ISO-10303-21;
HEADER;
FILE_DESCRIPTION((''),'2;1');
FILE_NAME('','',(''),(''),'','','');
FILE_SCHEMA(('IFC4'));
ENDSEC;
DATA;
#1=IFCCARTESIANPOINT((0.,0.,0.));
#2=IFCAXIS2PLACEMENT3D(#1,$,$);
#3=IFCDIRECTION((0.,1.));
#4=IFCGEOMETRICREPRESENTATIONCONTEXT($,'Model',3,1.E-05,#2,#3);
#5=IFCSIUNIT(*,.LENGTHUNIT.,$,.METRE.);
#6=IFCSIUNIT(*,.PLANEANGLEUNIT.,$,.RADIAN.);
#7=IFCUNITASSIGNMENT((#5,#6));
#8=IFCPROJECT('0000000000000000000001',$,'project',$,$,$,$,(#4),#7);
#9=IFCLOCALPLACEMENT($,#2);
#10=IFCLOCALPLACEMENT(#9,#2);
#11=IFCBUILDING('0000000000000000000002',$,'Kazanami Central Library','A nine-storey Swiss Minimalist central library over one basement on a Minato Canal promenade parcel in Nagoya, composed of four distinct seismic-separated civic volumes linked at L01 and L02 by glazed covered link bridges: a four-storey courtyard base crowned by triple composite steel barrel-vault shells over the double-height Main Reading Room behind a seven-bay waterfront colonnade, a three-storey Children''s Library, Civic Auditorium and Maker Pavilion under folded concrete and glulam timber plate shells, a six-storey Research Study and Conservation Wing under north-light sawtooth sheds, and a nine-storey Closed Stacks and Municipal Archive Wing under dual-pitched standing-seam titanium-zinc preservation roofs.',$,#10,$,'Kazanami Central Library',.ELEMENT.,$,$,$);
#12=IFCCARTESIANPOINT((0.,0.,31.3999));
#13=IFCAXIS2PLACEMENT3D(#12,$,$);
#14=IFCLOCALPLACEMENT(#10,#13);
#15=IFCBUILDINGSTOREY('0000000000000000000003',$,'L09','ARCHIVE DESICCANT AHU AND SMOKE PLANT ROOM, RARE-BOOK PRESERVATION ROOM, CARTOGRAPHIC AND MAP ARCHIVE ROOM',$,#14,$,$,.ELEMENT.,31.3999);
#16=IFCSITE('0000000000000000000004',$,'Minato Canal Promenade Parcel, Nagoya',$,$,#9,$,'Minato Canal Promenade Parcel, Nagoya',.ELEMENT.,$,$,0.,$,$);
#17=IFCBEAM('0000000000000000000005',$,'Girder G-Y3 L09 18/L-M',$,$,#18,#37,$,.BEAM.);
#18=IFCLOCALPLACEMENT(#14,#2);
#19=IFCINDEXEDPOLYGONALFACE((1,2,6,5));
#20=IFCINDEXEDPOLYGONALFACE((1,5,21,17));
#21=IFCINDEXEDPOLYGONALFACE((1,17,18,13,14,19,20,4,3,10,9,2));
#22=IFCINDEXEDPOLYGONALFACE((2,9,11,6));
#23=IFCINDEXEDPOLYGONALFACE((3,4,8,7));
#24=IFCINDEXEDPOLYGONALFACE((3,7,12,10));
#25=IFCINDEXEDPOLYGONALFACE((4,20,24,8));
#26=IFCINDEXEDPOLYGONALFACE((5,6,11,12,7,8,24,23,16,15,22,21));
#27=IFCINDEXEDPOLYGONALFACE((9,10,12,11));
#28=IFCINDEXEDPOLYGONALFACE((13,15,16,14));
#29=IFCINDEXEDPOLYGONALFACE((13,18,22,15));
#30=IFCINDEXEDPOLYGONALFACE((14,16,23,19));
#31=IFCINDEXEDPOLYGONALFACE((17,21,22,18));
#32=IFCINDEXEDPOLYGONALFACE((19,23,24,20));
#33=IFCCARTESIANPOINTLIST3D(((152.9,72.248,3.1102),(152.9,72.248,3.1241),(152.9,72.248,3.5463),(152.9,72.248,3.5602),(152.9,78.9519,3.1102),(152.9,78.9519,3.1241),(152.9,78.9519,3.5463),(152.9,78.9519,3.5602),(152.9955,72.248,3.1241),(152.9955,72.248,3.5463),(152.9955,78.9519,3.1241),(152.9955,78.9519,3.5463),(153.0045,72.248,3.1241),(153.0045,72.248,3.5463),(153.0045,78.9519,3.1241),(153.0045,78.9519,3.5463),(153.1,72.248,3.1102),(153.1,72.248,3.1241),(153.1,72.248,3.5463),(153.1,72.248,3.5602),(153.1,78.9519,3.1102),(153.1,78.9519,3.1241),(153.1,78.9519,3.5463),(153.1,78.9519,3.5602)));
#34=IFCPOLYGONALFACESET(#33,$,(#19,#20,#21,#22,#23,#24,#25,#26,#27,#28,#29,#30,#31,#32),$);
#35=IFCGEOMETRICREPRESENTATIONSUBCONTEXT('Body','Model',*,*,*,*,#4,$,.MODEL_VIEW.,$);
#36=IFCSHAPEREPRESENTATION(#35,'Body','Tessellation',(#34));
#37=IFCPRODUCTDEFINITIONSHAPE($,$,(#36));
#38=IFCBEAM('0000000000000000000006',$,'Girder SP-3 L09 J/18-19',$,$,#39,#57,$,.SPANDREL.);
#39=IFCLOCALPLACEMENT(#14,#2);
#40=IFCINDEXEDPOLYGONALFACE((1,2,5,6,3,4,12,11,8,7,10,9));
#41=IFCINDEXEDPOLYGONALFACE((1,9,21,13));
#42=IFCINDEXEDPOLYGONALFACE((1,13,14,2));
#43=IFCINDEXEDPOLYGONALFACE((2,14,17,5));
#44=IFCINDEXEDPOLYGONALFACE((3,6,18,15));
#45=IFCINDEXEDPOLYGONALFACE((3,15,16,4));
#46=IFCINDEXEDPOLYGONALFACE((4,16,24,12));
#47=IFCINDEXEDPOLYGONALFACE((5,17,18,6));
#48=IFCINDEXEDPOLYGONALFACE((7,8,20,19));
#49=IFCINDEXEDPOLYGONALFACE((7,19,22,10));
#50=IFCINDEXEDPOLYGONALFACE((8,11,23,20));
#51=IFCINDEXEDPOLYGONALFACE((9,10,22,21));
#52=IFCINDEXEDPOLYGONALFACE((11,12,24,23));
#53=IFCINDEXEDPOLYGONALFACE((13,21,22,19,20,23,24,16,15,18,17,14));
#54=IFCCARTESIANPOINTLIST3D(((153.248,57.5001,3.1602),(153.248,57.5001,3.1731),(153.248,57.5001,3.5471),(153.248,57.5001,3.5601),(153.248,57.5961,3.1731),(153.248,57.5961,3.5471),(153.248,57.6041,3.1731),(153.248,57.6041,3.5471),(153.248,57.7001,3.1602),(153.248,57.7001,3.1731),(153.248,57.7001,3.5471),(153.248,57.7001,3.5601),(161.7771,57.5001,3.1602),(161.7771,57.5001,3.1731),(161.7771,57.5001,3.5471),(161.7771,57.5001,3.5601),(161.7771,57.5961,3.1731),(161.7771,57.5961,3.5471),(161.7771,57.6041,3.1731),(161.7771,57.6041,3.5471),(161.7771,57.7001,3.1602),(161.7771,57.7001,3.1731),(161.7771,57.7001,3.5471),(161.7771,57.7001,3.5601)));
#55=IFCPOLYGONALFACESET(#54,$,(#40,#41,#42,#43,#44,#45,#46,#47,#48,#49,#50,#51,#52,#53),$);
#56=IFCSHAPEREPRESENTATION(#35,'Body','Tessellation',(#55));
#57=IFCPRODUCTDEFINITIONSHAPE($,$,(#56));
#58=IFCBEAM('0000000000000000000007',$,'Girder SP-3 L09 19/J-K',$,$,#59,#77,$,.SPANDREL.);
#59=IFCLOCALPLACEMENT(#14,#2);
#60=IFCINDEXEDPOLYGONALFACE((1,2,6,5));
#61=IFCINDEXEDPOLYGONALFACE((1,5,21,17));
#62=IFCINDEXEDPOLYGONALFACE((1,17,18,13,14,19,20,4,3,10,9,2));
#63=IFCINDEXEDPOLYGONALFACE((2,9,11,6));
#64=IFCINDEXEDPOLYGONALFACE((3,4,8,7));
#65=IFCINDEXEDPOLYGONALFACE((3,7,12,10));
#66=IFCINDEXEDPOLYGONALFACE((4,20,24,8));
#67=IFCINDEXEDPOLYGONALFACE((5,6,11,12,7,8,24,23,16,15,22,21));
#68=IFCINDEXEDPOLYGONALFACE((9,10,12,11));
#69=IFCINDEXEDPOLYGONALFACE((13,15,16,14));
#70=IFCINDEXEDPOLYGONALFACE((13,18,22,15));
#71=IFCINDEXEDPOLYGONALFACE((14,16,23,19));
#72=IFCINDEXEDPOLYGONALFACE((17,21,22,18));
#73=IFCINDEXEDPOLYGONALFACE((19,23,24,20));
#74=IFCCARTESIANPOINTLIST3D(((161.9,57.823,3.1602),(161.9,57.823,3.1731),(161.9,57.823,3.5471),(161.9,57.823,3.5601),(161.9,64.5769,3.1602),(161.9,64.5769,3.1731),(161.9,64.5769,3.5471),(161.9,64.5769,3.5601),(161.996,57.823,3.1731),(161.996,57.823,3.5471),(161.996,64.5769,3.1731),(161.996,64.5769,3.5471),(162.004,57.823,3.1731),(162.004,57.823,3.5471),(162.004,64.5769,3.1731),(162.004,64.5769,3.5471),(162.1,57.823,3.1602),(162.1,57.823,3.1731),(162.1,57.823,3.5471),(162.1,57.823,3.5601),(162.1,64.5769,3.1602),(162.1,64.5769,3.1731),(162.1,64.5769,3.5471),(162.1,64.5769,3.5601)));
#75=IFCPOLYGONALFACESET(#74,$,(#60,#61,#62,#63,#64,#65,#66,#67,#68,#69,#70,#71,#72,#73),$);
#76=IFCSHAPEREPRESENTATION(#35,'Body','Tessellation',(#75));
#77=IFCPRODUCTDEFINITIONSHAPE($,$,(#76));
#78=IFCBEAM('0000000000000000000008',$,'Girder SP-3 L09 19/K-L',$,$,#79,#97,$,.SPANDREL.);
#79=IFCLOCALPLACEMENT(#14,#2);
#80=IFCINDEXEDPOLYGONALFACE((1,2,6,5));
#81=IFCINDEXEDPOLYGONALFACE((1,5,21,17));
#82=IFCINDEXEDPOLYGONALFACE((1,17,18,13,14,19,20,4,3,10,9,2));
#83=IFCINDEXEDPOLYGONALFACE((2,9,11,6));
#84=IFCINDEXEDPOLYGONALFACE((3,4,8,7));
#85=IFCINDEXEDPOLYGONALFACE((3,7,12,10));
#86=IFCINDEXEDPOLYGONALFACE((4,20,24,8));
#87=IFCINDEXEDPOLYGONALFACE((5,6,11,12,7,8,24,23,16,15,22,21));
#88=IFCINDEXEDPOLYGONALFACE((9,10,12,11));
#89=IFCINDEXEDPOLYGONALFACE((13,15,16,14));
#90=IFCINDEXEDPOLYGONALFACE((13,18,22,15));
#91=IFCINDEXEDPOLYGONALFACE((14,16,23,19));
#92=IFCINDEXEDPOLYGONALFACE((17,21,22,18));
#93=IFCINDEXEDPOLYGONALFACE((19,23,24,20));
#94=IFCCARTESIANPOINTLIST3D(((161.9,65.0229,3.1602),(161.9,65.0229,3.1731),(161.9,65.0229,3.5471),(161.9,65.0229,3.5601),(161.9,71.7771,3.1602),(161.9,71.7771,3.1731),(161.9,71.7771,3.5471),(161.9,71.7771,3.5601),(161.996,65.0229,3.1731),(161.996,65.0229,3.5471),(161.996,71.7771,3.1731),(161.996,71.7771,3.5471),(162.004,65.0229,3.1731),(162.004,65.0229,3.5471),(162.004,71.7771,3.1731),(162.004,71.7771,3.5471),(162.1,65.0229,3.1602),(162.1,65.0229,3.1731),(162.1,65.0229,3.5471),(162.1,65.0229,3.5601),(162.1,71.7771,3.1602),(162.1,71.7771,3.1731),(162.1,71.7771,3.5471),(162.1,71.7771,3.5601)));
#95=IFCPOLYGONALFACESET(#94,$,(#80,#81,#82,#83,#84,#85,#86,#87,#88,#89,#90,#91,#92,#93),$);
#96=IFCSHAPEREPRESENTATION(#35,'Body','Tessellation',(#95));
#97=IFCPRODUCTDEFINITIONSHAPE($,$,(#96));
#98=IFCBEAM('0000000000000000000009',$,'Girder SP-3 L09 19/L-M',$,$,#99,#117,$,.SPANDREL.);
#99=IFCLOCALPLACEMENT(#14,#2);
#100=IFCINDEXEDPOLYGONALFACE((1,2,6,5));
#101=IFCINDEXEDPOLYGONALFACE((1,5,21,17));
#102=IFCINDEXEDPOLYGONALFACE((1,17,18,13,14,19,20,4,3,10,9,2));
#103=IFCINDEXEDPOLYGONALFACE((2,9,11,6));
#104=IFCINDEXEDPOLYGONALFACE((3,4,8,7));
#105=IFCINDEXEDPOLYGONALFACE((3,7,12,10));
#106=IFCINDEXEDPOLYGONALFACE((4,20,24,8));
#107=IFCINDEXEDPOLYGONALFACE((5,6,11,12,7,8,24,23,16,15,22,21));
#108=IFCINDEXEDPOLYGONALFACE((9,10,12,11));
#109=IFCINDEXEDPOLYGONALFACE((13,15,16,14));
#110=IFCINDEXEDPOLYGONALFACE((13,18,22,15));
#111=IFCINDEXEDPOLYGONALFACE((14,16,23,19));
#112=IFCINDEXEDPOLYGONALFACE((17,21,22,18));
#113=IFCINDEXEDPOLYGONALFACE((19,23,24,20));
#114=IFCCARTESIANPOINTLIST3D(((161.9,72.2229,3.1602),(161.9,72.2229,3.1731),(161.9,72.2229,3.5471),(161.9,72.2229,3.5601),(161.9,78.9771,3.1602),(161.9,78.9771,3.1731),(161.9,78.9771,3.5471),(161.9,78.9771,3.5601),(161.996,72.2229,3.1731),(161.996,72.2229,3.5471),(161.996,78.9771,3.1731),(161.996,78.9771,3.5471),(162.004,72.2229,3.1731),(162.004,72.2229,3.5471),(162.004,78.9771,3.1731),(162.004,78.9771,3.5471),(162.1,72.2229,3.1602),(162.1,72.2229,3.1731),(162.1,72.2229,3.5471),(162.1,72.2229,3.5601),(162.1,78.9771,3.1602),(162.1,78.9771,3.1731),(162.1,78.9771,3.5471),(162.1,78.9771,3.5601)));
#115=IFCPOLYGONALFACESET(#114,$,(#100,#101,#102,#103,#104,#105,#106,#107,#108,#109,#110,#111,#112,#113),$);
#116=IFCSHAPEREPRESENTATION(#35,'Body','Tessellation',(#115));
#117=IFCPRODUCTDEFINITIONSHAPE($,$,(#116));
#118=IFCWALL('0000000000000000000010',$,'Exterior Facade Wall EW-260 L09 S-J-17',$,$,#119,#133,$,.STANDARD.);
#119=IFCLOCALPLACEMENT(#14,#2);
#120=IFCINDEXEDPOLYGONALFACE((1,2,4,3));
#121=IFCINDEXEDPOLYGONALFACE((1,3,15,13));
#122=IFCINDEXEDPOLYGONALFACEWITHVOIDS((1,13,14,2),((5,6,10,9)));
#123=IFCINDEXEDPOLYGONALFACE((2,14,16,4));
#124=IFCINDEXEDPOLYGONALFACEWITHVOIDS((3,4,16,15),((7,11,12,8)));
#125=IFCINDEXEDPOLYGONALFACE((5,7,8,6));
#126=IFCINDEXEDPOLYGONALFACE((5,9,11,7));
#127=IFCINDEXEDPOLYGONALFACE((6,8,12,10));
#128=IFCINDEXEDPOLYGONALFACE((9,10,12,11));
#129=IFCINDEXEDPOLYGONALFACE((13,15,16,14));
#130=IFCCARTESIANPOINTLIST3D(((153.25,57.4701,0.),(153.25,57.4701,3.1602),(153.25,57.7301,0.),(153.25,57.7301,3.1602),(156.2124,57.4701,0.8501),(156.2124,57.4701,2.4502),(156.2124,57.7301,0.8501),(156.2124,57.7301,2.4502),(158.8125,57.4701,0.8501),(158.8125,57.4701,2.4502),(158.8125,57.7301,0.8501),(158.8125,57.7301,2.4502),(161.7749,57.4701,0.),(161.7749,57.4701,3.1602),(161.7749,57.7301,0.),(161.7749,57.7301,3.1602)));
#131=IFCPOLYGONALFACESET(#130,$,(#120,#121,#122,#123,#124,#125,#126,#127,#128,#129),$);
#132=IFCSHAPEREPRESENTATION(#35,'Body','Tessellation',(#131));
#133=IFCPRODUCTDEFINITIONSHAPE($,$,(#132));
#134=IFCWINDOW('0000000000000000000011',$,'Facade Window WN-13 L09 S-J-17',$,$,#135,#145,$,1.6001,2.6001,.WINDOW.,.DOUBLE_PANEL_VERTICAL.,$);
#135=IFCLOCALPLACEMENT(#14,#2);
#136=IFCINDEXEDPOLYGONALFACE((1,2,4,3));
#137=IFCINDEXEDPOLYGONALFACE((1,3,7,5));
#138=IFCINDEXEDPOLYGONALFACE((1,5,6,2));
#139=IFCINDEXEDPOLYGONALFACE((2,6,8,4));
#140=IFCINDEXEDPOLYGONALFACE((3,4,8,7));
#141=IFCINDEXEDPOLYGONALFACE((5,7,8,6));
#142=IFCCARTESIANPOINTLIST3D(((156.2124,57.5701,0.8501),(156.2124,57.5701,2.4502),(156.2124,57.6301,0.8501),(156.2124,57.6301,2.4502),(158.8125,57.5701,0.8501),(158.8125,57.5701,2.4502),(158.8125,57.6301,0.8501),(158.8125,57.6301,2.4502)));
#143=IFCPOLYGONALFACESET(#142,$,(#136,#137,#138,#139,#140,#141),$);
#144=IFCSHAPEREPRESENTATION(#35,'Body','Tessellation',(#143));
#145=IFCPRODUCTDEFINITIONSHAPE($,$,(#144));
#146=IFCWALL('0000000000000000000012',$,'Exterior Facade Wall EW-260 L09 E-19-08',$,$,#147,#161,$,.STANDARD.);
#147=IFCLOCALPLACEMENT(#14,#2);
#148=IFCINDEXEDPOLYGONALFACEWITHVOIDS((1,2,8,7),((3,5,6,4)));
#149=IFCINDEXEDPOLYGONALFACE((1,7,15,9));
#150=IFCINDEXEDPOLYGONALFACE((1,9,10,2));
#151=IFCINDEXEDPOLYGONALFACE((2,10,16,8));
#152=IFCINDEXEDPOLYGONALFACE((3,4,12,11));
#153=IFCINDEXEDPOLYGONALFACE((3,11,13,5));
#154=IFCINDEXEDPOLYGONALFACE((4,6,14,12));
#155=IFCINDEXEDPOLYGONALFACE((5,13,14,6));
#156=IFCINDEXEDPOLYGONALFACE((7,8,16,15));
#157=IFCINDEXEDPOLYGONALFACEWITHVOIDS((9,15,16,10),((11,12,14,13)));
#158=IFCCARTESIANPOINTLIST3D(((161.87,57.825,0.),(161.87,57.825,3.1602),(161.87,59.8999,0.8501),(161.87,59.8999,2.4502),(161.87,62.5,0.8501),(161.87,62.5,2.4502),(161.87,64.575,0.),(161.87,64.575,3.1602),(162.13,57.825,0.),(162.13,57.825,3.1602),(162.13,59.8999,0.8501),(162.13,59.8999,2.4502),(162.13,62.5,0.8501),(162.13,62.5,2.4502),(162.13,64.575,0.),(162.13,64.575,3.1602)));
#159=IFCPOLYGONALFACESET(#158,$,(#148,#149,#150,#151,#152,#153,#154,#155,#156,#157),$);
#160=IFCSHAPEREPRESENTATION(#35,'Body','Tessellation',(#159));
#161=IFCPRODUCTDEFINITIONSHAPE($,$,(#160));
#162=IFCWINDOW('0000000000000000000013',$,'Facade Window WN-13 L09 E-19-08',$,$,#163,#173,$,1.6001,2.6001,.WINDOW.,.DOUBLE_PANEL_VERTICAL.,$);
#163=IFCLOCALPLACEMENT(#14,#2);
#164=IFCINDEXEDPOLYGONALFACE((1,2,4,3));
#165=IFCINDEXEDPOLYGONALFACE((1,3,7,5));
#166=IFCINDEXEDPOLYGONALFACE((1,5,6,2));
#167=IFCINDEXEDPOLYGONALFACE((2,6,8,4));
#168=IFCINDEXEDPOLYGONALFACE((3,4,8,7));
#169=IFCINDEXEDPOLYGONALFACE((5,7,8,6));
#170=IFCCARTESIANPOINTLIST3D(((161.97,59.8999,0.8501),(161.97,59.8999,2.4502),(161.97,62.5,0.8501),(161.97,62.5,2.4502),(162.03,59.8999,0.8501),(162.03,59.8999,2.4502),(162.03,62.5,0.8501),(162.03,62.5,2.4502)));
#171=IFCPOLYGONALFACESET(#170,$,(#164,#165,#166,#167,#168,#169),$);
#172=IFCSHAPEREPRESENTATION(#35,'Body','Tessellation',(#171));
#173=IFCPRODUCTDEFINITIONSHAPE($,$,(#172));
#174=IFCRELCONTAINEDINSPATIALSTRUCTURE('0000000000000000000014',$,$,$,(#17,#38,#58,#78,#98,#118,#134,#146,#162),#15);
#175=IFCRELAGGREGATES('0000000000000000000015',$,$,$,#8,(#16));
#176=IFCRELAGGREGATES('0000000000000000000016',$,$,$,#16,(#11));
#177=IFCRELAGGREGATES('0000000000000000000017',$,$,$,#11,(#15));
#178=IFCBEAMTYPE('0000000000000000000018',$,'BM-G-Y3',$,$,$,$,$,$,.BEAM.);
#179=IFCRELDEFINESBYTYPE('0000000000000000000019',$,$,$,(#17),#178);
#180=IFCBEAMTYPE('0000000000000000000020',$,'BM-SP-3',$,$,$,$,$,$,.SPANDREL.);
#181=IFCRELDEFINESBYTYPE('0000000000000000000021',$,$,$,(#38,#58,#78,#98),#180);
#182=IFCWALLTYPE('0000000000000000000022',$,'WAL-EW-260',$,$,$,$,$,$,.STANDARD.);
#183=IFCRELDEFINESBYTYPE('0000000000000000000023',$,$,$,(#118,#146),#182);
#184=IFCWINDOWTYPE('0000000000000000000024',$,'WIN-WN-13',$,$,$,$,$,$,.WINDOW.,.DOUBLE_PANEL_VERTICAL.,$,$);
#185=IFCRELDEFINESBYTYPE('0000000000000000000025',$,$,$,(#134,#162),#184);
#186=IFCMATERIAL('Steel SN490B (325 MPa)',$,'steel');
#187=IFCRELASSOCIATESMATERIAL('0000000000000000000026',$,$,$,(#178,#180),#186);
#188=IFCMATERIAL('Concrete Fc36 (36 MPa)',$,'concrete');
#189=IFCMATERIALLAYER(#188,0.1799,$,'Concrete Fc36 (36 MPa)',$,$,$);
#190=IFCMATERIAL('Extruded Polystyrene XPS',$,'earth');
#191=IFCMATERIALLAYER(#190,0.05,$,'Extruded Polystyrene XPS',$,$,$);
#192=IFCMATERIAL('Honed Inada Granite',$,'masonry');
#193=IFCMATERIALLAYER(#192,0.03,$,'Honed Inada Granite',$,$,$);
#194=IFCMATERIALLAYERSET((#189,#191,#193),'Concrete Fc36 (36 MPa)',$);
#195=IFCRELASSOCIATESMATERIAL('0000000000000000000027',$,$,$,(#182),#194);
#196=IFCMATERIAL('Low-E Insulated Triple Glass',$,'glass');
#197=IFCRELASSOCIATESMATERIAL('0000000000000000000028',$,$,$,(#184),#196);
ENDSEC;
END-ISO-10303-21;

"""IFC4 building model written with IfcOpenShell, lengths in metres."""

from ifc_helpers import new_model, si_unit, direction, frame, frame_2d, origin, origin_2d, place, context, subcontext, project, spatial, rectangle, i_section, extrude, material, layer, layer_set, material_profile, profile_set, type_object, element, fill, save


model = new_model("IFC4")

# Units and contexts
model_context = context("Model", 3, precision=1e-05, world=origin(), true_north=direction((0.0, 1.0)))
body_context = subcontext(model_context, "Body", "Model", "MODEL_VIEW")
ifc_project = project(units=[si_unit("LENGTHUNIT", "METRE"), si_unit("PLANEANGLEUNIT", "RADIAN")], contexts=[model_context])

# Site, building, storey
site_placement = place(None, origin())
site = spatial("IfcSite", under=ifc_project, at=site_placement, Name="Minato Canal Promenade Parcel, Nagoya", LongName="Minato Canal Promenade Parcel, Nagoya", CompositionType="ELEMENT", RefElevation=0.0)
building_placement = place(site_placement, origin())
building = spatial("IfcBuilding", under=site, at=building_placement, Name="Kazanami Central Library", Description="A nine-storey Swiss Minimalist central library over one basement on a Minato Canal promenade parcel in Nagoya, composed of four distinct seismic-separated civic volumes linked at L01 and L02 by glazed covered link bridges: a four-storey courtyard base crowned by triple composite steel barrel-vault shells over the double-height Main Reading Room behind a seven-bay waterfront colonnade, a three-storey Children's Library, Civic Auditorium and Maker Pavilion under folded concrete and glulam timber plate shells, a six-storey Research Study and Conservation Wing under north-light sawtooth sheds, and a nine-storey Closed Stacks and Municipal Archive Wing under dual-pitched standing-seam titanium-zinc preservation roofs.", LongName="Kazanami Central Library", CompositionType="ELEMENT")
storey_placement = place(building_placement, frame((0.0, 0.0, 31.3999)))
storey = spatial("IfcBuildingStorey", under=building, at=storey_placement, Name="L09", Description="ARCHIVE DESICCANT AHU AND SMOKE PLANT ROOM, RARE-BOOK PRESERVATION ROOM, CARTOGRAPHIC AND MAP ARCHIVE ROOM", CompositionType="ELEMENT", Elevation=31.3999)

# Beams
ifc_material_1 = material(Name="Steel SN490B (325 MPa)", Category="steel")
ifc_material_profile_1 = material_profile(ifc_material_1, i_section(OverallWidth=0.2, OverallDepth=0.45, WebThickness=0.009, FlangeThickness=0.0139, at=origin_2d()), Name="H-450x200x9x14")
ifc_profile_set_1 = profile_set([ifc_material_profile_1], Name="Steel SN490B (325 MPa)")
beam_type_1 = type_object("IfcBeamType", Name="BM-G-Y3", PredefinedType="BEAM", material=ifc_profile_set_1)
for number, where, z_axis, x_axis, name in (
    (1, (153.0, 72.248, 3.3352), (0.0, 1.0, 0.0), (-1.0, 0.0, 0.0), "Girder G-Y3 L09 18/L-M"),
):
    element("IfcBeam", number, at=place(storey_placement, frame(where, z_axis=z_axis, x_axis=x_axis)), inside=storey, type_object=beam_type_1, Name=name, PredefinedType="BEAM", context=body_context, shape_type="SweptSolid", body=[
        extrude(i_section(OverallWidth=0.2, OverallDepth=0.45, WebThickness=0.009, FlangeThickness=0.0139, at=origin_2d()), origin(), (0.0, 0.0, 1.0), 6.7039),
    ])
ifc_material_profile_2 = material_profile(ifc_material_1, i_section(OverallWidth=0.2, OverallDepth=0.3999, WebThickness=0.0081, FlangeThickness=0.0129, at=origin_2d()), Name="H-400x200x8x13")
ifc_profile_set_2 = profile_set([ifc_material_profile_2], Name="Steel SN490B (325 MPa)")
beam_type_2 = type_object("IfcBeamType", Name="BM-SP-3", PredefinedType="SPANDREL", material=ifc_profile_set_2)
beam_1_placement = place(storey_placement, frame((153.248, 57.6001, 3.3601), z_axis=(1.0, 0.0, 0.0), x_axis=(0.0, 1.0, 0.0)))
element("IfcBeam", 2, at=beam_1_placement, inside=storey, type_object=beam_type_2, Name="Girder SP-3 L09 J/18-19", PredefinedType="SPANDREL", context=body_context, shape_type="SweptSolid", body=[
    extrude(i_section(OverallWidth=0.2, OverallDepth=0.3999, WebThickness=0.0081, FlangeThickness=0.0129, at=origin_2d()), origin(), (0.0, 0.0, 1.0), 8.5291),
])
beam_2_placement = place(storey_placement, frame((162.0, 57.823, 3.3601), z_axis=(0.0, 1.0, 0.0), x_axis=(-1.0, 0.0, 0.0)))
element("IfcBeam", 3, at=beam_2_placement, inside=storey, type_object=beam_type_2, Name="Girder SP-3 L09 19/J-K", PredefinedType="SPANDREL", context=body_context, shape_type="SweptSolid", body=[
    extrude(i_section(OverallWidth=0.2, OverallDepth=0.3999, WebThickness=0.0081, FlangeThickness=0.0129, at=origin_2d()), origin(), (0.0, 0.0, 1.0), 6.7539),
])
for number, where, z_axis, x_axis, name in (
    (4, (162.0, 65.0229, 3.3601), (0.0, 1.0, 0.0), (-1.0, 0.0, 0.0), "Girder SP-3 L09 19/K-L"),
    (5, (162.0, 72.2229, 3.3601), (0.0, 1.0, 0.0), (-1.0, 0.0, 0.0), "Girder SP-3 L09 19/L-M"),
):
    element("IfcBeam", number, at=place(storey_placement, frame(where, z_axis=z_axis, x_axis=x_axis)), inside=storey, type_object=beam_type_2, Name=name, PredefinedType="SPANDREL", context=body_context, shape_type="SweptSolid", body=[
        extrude(i_section(OverallWidth=0.2, OverallDepth=0.3999, WebThickness=0.0081, FlangeThickness=0.0129, at=origin_2d()), origin(), (0.0, 0.0, 1.0), 6.7542),
    ])

# Walls, openings, windows
ifc_material_2 = material(Name="Concrete Fc36 (36 MPa)", Category="concrete")
ifc_layer_1 = layer(ifc_material_2, 0.1799, Name="Concrete Fc36 (36 MPa)")
ifc_material_3 = material(Name="Extruded Polystyrene XPS", Category="earth")
ifc_layer_2 = layer(ifc_material_3, 0.05, Name="Extruded Polystyrene XPS")
ifc_material_4 = material(Name="Honed Inada Granite", Category="masonry")
ifc_layer_3 = layer(ifc_material_4, 0.03, Name="Honed Inada Granite")
ifc_layer_set_1 = layer_set([ifc_layer_1, ifc_layer_2, ifc_layer_3], Name="Concrete Fc36 (36 MPa)")
wall_type_1 = type_object("IfcWallType", Name="WAL-EW-260", PredefinedType="STANDARD", material=ifc_layer_set_1)
wall_1_placement = place(storey_placement, frame((153.25, 57.6001, 0.0), z_axis=(0.0, 0.0, 1.0), x_axis=(1.0, 0.0, 0.0)))
wall_1 = element("IfcWall", 6, at=wall_1_placement, inside=storey, type_object=wall_type_1, Name="Exterior Facade Wall EW-260 L09 S-J-17", PredefinedType="STANDARD", context=body_context, shape_type="SweptSolid", body=[
    extrude(rectangle(XDim=8.5249, YDim=0.26, at=frame_2d((4.2625, 0.0))), origin(), (0.0, 0.0, 1.0), 3.1602),
])
opening_1_placement = place(wall_1_placement, frame((2.9624, 0.0, 0.8501)))
opening_1 = element("IfcOpeningElement", 7, at=opening_1_placement, cuts=wall_1, PredefinedType="OPENING", context=body_context, shape_type="SweptSolid", body=[
    extrude(rectangle(XDim=2.6001, YDim=1.6001, at=frame_2d((1.3, 0.8))), frame((0.0, 0.1421, 0.0), z_axis=(0.0, -1.0, 0.0), x_axis=(1.0, 0.0, 0.0)), (0.0, 0.0, 1.0), 0.2839),
])
ifc_material_5 = material(Name="Low-E Insulated Triple Glass", Category="glass")
window_type = type_object("IfcWindowType", Name="WIN-WN-13", PartitioningType="DOUBLE_PANEL_VERTICAL", PredefinedType="WINDOW", material=ifc_material_5)
window_1_placement = place(opening_1_placement, origin())
window_1 = element("IfcWindow", 8, at=window_1_placement, inside=storey, type_object=window_type, Name="Facade Window WN-13 L09 S-J-17", OverallHeight=1.6001, OverallWidth=2.6001, PartitioningType="DOUBLE_PANEL_VERTICAL", PredefinedType="WINDOW", context=body_context, shape_type="SweptSolid", body=[
    extrude(rectangle(XDim=2.6001, YDim=1.6001, at=frame_2d((1.3, 0.8))), frame((0.0, 0.03, 0.0), z_axis=(0.0, -1.0, 0.0), x_axis=(1.0, 0.0, 0.0)), (0.0, 0.0, 1.0), 0.0601),
])
fill(opening_1, window_1)
wall_2_placement = place(storey_placement, frame((162.0, 64.575, 0.0), z_axis=(0.0, 0.0, 1.0), x_axis=(0.0, -1.0, 0.0)))
wall_2 = element("IfcWall", 9, at=wall_2_placement, inside=storey, type_object=wall_type_1, Name="Exterior Facade Wall EW-260 L09 E-19-08", PredefinedType="STANDARD", context=body_context, shape_type="SweptSolid", body=[
    extrude(rectangle(XDim=6.75, YDim=0.26, at=frame_2d((3.375, 0.0))), origin(), (0.0, 0.0, 1.0), 3.1602),
])
opening_2_placement = place(wall_2_placement, frame((2.075, 0.0, 0.8501)))
opening_2 = element("IfcOpeningElement", 10, at=opening_2_placement, cuts=wall_2, PredefinedType="OPENING", context=body_context, shape_type="SweptSolid", body=[
    extrude(rectangle(XDim=2.6001, YDim=1.6001, at=frame_2d((1.3, 0.8))), frame((0.0, 0.1421, 0.0), z_axis=(0.0, -1.0, 0.0), x_axis=(1.0, 0.0, 0.0)), (0.0, 0.0, 1.0), 0.2839),
])
window_2_placement = place(opening_2_placement, origin())
window_2 = element("IfcWindow", 11, at=window_2_placement, inside=storey, type_object=window_type, Name="Facade Window WN-13 L09 E-19-08", OverallHeight=1.6001, OverallWidth=2.6001, PartitioningType="DOUBLE_PANEL_VERTICAL", PredefinedType="WINDOW", context=body_context, shape_type="SweptSolid", body=[
    extrude(rectangle(XDim=2.6001, YDim=1.6001, at=frame_2d((1.3, 0.8))), frame((0.0, 0.03, 0.0), z_axis=(0.0, -1.0, 0.0), x_axis=(1.0, 0.0, 0.0)), (0.0, 0.0, 1.0), 0.0601),
])
fill(opening_2, window_2)

save(model, "model.ifc")
